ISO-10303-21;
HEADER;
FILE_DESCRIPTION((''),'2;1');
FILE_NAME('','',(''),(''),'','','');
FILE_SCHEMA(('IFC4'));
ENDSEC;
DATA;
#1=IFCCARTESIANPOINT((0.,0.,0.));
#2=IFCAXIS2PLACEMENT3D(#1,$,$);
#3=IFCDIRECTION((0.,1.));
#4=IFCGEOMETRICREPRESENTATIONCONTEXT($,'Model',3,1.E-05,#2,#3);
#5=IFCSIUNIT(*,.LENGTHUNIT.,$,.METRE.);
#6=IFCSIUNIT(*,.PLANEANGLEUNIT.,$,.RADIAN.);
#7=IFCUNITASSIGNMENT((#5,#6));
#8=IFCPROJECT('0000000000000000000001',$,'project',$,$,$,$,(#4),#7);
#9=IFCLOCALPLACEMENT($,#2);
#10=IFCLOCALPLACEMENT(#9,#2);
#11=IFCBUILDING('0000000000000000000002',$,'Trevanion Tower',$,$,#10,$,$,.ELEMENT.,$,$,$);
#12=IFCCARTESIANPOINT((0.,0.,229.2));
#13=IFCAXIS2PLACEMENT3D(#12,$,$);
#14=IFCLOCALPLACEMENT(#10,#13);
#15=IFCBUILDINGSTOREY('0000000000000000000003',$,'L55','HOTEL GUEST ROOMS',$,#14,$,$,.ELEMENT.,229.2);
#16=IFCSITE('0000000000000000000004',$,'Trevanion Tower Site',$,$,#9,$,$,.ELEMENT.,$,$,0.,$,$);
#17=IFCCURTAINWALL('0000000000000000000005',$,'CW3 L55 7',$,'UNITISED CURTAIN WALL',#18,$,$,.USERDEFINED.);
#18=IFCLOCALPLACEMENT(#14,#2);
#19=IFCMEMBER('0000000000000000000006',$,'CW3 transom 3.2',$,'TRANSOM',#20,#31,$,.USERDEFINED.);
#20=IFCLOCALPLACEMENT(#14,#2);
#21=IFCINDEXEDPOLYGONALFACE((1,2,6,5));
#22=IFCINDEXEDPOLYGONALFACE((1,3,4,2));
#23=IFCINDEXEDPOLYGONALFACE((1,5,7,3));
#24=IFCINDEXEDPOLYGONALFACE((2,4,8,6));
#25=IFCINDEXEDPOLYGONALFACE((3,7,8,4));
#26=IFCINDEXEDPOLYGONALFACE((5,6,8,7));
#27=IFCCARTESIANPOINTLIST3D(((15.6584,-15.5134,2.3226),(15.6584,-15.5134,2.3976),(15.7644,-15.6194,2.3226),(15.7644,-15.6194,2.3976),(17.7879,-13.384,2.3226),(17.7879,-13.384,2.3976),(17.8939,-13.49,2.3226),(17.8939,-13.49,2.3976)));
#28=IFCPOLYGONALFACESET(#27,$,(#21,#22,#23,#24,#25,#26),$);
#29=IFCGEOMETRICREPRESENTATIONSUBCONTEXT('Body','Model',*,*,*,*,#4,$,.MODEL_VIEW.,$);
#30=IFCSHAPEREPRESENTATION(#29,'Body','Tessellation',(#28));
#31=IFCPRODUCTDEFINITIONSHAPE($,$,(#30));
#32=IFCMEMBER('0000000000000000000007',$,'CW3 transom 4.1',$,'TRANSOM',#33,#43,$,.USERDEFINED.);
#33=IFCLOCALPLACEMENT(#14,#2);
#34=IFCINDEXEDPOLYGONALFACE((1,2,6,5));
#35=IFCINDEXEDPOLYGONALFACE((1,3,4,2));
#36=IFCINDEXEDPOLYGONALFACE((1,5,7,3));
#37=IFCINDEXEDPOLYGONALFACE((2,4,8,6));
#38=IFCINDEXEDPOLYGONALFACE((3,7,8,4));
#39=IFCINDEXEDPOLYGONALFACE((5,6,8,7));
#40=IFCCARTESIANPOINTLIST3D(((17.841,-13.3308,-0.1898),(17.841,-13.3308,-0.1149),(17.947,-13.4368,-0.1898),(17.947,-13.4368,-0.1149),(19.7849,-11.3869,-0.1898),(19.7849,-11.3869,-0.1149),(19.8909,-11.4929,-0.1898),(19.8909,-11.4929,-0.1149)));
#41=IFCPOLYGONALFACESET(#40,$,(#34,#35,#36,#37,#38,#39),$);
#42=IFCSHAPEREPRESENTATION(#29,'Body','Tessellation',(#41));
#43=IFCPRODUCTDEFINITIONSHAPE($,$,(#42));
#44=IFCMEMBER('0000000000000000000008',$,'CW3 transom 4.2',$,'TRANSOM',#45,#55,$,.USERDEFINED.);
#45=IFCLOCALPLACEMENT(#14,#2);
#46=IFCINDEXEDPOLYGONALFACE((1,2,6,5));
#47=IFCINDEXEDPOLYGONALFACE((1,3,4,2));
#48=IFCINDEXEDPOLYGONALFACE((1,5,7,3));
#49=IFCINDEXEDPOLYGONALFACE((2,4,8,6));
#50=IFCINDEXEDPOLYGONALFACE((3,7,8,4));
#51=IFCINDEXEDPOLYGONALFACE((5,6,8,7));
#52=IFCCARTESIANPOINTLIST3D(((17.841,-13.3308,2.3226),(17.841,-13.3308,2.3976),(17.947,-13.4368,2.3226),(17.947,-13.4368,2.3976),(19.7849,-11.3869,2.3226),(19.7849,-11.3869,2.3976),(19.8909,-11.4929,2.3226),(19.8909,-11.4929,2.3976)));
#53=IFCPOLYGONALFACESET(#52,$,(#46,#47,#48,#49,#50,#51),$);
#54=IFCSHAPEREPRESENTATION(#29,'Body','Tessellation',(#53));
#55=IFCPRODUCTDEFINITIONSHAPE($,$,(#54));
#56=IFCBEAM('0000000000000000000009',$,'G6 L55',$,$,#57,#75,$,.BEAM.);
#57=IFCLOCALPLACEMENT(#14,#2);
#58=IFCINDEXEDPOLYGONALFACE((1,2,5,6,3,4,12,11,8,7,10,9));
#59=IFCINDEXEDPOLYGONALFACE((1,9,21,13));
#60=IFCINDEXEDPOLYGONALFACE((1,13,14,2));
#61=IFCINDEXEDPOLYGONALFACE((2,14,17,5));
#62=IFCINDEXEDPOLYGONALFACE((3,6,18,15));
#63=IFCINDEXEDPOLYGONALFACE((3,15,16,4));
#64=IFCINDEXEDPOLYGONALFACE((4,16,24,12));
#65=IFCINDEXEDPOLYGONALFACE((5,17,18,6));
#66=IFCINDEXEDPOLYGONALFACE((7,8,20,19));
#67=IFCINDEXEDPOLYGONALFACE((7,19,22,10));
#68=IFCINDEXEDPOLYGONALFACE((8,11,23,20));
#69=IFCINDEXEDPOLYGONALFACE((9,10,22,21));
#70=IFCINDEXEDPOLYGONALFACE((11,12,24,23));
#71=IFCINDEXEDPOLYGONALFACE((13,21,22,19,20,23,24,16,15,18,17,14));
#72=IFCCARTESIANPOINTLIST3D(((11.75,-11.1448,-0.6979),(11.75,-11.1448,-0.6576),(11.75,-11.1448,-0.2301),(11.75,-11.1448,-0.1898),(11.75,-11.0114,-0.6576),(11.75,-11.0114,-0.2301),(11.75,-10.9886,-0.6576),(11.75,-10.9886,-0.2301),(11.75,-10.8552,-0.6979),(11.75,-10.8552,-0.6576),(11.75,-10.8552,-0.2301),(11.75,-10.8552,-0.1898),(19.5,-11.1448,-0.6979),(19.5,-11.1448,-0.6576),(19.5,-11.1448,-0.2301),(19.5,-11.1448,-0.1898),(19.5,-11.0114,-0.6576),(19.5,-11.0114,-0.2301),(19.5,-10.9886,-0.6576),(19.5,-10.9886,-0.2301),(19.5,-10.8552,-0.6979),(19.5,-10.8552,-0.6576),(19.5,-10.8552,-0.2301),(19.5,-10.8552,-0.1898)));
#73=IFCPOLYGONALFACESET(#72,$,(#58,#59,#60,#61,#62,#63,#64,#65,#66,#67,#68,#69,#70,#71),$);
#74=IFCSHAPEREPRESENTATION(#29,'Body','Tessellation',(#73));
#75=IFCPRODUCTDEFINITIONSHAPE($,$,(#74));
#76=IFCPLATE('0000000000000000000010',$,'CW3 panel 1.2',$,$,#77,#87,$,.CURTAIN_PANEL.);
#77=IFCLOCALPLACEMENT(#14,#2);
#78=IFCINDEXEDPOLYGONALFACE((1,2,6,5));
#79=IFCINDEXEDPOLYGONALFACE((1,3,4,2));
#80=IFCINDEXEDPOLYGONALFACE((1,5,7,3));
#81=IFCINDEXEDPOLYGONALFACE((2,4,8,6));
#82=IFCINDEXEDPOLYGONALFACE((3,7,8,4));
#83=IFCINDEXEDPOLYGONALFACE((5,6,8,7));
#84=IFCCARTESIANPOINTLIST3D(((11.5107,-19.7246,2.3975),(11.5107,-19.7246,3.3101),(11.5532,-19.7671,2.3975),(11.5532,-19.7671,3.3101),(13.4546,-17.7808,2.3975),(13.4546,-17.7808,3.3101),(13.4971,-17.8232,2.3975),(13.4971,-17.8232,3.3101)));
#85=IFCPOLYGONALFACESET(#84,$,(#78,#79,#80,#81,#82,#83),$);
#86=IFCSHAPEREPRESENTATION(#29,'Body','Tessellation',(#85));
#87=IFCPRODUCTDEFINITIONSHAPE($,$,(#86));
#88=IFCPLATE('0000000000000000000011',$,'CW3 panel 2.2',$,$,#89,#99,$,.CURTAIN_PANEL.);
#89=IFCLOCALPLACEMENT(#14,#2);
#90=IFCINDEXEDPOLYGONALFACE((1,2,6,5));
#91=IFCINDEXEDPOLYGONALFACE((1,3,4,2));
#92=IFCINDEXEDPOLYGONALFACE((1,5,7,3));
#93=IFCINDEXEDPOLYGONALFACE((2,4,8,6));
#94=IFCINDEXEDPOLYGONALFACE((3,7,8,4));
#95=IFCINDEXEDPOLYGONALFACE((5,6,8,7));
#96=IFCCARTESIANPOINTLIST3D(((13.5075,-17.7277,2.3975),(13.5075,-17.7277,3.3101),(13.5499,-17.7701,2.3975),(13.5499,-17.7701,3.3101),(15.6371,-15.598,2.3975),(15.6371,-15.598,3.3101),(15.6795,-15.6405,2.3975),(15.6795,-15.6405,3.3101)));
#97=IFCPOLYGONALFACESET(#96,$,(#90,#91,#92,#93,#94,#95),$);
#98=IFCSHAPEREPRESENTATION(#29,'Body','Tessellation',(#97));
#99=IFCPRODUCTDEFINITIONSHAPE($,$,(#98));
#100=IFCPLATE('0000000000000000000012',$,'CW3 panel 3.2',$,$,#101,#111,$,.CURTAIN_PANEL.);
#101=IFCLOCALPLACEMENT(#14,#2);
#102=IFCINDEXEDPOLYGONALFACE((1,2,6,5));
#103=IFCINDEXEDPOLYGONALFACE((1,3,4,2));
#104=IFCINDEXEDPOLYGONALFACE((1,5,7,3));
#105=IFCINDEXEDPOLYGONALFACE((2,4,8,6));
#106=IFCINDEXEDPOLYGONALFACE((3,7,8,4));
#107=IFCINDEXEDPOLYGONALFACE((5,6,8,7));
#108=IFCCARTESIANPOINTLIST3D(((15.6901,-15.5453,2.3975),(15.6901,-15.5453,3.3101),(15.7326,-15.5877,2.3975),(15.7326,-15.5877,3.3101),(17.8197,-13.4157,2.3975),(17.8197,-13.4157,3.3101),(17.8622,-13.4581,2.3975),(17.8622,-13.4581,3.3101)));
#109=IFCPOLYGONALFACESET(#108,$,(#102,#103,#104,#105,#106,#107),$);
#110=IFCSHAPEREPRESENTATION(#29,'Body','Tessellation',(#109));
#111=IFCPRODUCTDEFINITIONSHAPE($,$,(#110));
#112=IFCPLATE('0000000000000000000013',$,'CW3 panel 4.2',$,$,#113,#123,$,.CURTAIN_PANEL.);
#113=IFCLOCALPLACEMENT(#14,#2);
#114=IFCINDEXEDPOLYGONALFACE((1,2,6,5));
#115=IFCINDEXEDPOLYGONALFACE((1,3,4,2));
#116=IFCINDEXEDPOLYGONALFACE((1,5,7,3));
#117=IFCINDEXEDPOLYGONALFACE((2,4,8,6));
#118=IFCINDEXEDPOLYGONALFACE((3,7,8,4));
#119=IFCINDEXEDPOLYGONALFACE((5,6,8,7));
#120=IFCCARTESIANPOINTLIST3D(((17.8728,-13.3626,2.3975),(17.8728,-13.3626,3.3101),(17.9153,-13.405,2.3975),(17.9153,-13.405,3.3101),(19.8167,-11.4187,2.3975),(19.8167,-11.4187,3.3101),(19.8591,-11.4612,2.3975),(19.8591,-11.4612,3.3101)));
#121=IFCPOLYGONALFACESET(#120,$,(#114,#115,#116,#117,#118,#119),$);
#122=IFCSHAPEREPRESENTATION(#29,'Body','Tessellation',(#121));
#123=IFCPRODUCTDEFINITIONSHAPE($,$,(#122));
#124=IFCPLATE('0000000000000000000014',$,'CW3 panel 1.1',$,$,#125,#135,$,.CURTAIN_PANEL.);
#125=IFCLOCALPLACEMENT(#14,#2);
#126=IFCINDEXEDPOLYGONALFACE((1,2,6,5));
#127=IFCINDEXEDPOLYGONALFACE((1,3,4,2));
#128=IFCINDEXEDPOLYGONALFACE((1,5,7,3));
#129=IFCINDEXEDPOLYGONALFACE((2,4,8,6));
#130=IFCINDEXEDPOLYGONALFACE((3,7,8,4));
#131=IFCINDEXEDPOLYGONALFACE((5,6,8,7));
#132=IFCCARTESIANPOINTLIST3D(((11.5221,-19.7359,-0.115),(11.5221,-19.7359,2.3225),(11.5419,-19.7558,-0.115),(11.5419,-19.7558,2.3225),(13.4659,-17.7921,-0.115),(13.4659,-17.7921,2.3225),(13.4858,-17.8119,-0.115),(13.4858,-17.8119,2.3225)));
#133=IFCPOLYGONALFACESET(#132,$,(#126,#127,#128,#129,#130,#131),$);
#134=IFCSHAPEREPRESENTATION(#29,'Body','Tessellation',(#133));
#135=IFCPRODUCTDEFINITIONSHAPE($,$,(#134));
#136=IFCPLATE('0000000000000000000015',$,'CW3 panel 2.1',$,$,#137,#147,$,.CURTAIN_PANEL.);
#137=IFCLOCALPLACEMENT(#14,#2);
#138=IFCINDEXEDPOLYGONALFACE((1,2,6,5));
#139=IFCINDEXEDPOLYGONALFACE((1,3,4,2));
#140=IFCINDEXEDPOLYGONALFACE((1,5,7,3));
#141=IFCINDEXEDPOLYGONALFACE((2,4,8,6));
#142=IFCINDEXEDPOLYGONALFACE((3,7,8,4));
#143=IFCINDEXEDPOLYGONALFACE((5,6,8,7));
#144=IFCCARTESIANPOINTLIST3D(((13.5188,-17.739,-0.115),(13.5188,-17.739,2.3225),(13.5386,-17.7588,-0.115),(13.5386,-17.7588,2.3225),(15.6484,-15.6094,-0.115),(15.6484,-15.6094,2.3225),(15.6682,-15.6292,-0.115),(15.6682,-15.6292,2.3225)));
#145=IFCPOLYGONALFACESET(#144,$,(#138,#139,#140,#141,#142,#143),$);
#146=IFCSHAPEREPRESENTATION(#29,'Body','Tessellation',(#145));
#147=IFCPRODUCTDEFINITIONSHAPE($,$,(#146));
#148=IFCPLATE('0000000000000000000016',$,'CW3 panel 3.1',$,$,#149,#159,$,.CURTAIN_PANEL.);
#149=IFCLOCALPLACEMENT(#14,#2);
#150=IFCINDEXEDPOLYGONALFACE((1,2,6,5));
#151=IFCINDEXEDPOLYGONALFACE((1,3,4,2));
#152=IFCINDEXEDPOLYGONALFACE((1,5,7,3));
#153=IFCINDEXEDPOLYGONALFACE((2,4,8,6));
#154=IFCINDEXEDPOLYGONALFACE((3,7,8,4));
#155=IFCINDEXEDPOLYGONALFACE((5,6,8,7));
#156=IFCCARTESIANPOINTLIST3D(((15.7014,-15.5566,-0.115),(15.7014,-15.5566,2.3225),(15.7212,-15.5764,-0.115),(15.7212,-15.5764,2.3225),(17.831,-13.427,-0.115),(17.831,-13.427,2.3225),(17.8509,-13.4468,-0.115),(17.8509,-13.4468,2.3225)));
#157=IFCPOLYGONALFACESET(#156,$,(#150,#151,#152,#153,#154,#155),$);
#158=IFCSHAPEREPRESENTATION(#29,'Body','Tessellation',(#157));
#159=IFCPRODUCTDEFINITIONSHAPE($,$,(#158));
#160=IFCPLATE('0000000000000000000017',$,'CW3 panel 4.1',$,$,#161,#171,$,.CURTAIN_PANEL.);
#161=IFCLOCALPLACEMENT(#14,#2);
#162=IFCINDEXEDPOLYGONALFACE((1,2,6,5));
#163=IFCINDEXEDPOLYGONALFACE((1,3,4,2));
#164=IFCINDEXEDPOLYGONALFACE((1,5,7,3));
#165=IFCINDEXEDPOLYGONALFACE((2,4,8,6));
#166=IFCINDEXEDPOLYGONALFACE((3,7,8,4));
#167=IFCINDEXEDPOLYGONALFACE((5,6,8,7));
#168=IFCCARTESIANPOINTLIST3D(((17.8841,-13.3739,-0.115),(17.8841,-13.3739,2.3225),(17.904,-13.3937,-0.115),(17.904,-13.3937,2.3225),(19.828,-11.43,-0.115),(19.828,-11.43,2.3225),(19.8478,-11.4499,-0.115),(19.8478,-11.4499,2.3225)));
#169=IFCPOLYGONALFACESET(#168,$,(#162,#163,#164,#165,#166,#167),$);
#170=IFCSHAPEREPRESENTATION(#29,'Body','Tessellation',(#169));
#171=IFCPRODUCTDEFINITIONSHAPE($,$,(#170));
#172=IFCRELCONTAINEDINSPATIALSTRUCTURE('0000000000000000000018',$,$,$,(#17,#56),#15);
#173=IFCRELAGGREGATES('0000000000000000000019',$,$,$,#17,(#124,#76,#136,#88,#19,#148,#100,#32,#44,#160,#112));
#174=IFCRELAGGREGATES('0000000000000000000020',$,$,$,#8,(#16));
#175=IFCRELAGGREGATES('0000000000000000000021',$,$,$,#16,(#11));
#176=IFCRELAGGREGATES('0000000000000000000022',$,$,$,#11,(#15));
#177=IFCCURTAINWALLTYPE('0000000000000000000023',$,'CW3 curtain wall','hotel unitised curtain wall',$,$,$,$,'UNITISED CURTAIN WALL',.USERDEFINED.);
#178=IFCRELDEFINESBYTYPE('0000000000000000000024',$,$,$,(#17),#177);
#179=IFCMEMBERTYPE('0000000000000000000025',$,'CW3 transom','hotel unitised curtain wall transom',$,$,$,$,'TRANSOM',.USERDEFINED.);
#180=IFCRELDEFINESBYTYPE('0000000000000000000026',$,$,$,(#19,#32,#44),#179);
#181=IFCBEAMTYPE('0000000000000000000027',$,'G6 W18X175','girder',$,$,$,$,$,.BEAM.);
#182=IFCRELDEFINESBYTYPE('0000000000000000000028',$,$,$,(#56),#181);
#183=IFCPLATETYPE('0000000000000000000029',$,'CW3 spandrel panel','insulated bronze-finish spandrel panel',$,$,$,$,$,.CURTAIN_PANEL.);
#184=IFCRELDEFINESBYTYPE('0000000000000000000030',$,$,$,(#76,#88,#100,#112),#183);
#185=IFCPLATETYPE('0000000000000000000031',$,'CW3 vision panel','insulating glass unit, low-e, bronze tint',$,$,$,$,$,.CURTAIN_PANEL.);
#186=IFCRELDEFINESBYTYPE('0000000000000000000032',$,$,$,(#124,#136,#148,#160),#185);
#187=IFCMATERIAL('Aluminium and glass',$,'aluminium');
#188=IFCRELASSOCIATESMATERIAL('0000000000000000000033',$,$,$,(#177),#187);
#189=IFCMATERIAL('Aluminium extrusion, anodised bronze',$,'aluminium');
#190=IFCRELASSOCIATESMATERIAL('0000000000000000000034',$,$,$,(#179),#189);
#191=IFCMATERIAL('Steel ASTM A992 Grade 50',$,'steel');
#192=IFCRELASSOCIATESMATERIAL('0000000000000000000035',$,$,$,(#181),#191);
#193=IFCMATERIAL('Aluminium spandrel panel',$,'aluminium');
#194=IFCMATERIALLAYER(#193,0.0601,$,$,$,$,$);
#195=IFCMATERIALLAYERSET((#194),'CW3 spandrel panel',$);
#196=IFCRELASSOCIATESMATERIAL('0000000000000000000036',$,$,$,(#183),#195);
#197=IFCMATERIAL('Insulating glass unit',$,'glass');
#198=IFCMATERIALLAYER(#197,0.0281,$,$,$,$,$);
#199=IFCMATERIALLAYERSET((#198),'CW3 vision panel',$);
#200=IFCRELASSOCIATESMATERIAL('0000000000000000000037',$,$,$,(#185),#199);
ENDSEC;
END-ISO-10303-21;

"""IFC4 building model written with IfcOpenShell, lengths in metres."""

from ifc_helpers import new_model, si_unit, direction, frame, origin, origin_2d, place, context, subcontext, project, spatial, rectangle, i_section, extrude, material, layer, layer_set, material_profile, profile_set, type_object, element, aggregate, save


model = new_model("IFC4")

# Units and contexts
model_context = context("Model", 3, precision=1e-05, world=origin(), true_north=direction((0.0, 1.0)))
body_context = subcontext(model_context, "Body", "Model", "MODEL_VIEW")
ifc_project = project(units=[si_unit("LENGTHUNIT", "METRE"), si_unit("PLANEANGLEUNIT", "RADIAN")], contexts=[model_context])

# Site, building, storey
site_placement = place(None, origin())
site = spatial("IfcSite", under=ifc_project, at=site_placement, Name="Trevanion Tower Site", CompositionType="ELEMENT", RefElevation=0.0)
building_placement = place(site_placement, origin())
building = spatial("IfcBuilding", under=site, at=building_placement, Name="Trevanion Tower", CompositionType="ELEMENT")
storey_placement = place(building_placement, frame((0.0, 0.0, 229.2)))
storey = spatial("IfcBuildingStorey", under=building, at=storey_placement, Name="L55", Description="HOTEL GUEST ROOMS", CompositionType="ELEMENT", Elevation=229.2)

# Curtain wall
ifc_material_1 = material(Name="Aluminium and glass", Category="aluminium")
curtain_wall_type = type_object("IfcCurtainWallType", Name="CW3 curtain wall", Description="hotel unitised curtain wall", ElementType="UNITISED CURTAIN WALL", PredefinedType="USERDEFINED", material=ifc_material_1)
curtain_wall_1_placement = place(storey_placement, origin())
curtain_wall_1 = element("IfcCurtainWall", 1, at=curtain_wall_1_placement, inside=storey, type_object=curtain_wall_type, Name="CW3 L55 7", ObjectType="UNITISED CURTAIN WALL", PredefinedType="USERDEFINED")

# Members
ifc_material_2 = material(Name="Aluminium extrusion, anodised bronze", Category="aluminium")
ifc_material_profile_1 = material_profile(ifc_material_2, rectangle(XDim=0.1499, YDim=0.075, at=origin_2d()), Name="CW3 transom")
ifc_profile_set_1 = profile_set([ifc_material_profile_1], Name="Aluminium extrusion, anodised bronze")
member_type_1 = type_object("IfcMemberType", Name="CW3 transom", Description="hotel unitised curtain wall transom", ElementType="TRANSOM", PredefinedType="USERDEFINED", material=ifc_profile_set_1)
member_1_placement = place(storey_placement, frame((15.7114, -15.5664, 2.3601), z_axis=(0.707107, 0.707107, 0.0), x_axis=(-0.707107, 0.707107, 0.0)))
member_1 = element("IfcMember", 2, at=member_1_placement, type_object=member_type_1, Name="CW3 transom 3.2", ObjectType="TRANSOM", PredefinedType="USERDEFINED", context=body_context, shape_type="SweptSolid", body=[
    extrude(rectangle(XDim=0.1499, YDim=0.075, at=origin_2d()), origin(), (0.0, 0.0, 1.0), 3.0115),
])
member_2_placement = place(storey_placement, frame((17.894, -13.3838, -0.1523), z_axis=(0.707107, 0.707107, 0.0), x_axis=(-0.707107, 0.707107, 0.0)))
member_2 = element("IfcMember", 3, at=member_2_placement, type_object=member_type_1, Name="CW3 transom 4.1", ObjectType="TRANSOM", PredefinedType="USERDEFINED", context=body_context, shape_type="SweptSolid", body=[
    extrude(rectangle(XDim=0.1499, YDim=0.075, at=origin_2d()), origin(), (0.0, 0.0, 1.0), 2.749),
])
member_3_placement = place(storey_placement, frame((17.894, -13.3838, 2.3601), z_axis=(0.707107, 0.707107, 0.0), x_axis=(-0.707107, 0.707107, 0.0)))
member_3 = element("IfcMember", 4, at=member_3_placement, type_object=member_type_1, Name="CW3 transom 4.2", ObjectType="TRANSOM", PredefinedType="USERDEFINED", context=body_context, shape_type="SweptSolid", body=[
    extrude(rectangle(XDim=0.1499, YDim=0.075, at=origin_2d()), origin(), (0.0, 0.0, 1.0), 2.749),
])

# Beam
ifc_material_3 = material(Name="Steel ASTM A992 Grade 50", Category="steel")
ifc_material_profile_2 = material_profile(ifc_material_3, i_section(OverallWidth=0.2896, OverallDepth=0.5081, WebThickness=0.0227, FlangeThickness=0.0403, at=origin_2d()), Name="W18X175")
ifc_profile_set_2 = profile_set([ifc_material_profile_2], Name="Steel ASTM A992 Grade 50")
beam_type_1 = type_object("IfcBeamType", Name="G6 W18X175", Description="girder", PredefinedType="BEAM", material=ifc_profile_set_2)
beam_1_placement = place(storey_placement, frame((11.75, -11.0, -0.4438), z_axis=(1.0, 0.0, 0.0), x_axis=(0.0, 1.0, 0.0)))
element("IfcBeam", 5, at=beam_1_placement, inside=storey, type_object=beam_type_1, Name="G6 L55", PredefinedType="BEAM", context=body_context, shape_type="SweptSolid", body=[
    extrude(i_section(OverallWidth=0.2896, OverallDepth=0.5081, WebThickness=0.0227, FlangeThickness=0.0403, at=origin_2d()), origin(), (0.0, 0.0, 1.0), 7.75),
])

# Plates
ifc_material_4 = material(Name="Aluminium spandrel panel", Category="aluminium")
ifc_layer_1 = layer(ifc_material_4, 0.0601)
ifc_layer_set_1 = layer_set([ifc_layer_1], Name="CW3 spandrel panel")
plate_type_1 = type_object("IfcPlateType", Name="CW3 spandrel panel", Description="insulated bronze-finish spandrel panel", PredefinedType="CURTAIN_PANEL", material=ifc_layer_set_1)
plate_1_placement = place(storey_placement, frame((12.5039, -18.7739, 2.3975), z_axis=(0.0, 0.0, 1.0), x_axis=(0.707107, 0.707107, 0.0)))
plate_1 = element("IfcPlate", 6, at=plate_1_placement, type_object=plate_type_1, Name="CW3 panel 1.2", PredefinedType="CURTAIN_PANEL", context=body_context, shape_type="SweptSolid", body=[
    extrude(rectangle(XDim=2.749, YDim=0.0601, at=origin_2d()), origin(), (0.0, 0.0, 1.0), 0.9126),
])
plate_2_placement = place(storey_placement, frame((14.5935, -16.6841, 2.3975), z_axis=(0.0, 0.0, 1.0), x_axis=(0.707107, 0.707107, 0.0)))
plate_2 = element("IfcPlate", 7, at=plate_2_placement, type_object=plate_type_1, Name="CW3 panel 2.2", PredefinedType="CURTAIN_PANEL", context=body_context, shape_type="SweptSolid", body=[
    extrude(rectangle(XDim=3.0117, YDim=0.0601, at=origin_2d()), origin(), (0.0, 0.0, 1.0), 0.9126),
])
plate_3_placement = place(storey_placement, frame((16.7761, -14.5017, 2.3975), z_axis=(0.0, 0.0, 1.0), x_axis=(0.707107, 0.707107, 0.0)))
plate_3 = element("IfcPlate", 8, at=plate_3_placement, type_object=plate_type_1, Name="CW3 panel 3.2", PredefinedType="CURTAIN_PANEL", context=body_context, shape_type="SweptSolid", body=[
    extrude(rectangle(XDim=3.0117, YDim=0.0601, at=origin_2d()), origin(), (0.0, 0.0, 1.0), 0.9126),
])
plate_4_placement = place(storey_placement, frame((18.866, -12.4119, 2.3975), z_axis=(0.0, 0.0, 1.0), x_axis=(0.707107, 0.707107, 0.0)))
plate_4 = element("IfcPlate", 9, at=plate_4_placement, type_object=plate_type_1, Name="CW3 panel 4.2", PredefinedType="CURTAIN_PANEL", context=body_context, shape_type="SweptSolid", body=[
    extrude(rectangle(XDim=2.749, YDim=0.0601, at=origin_2d()), origin(), (0.0, 0.0, 1.0), 0.9126),
])
ifc_material_5 = material(Name="Insulating glass unit", Category="glass")
ifc_layer_2 = layer(ifc_material_5, 0.0281)
ifc_layer_set_2 = layer_set([ifc_layer_2], Name="CW3 vision panel")
plate_type_2 = type_object("IfcPlateType", Name="CW3 vision panel", Description="insulating glass unit, low-e, bronze tint", PredefinedType="CURTAIN_PANEL", material=ifc_layer_set_2)
plate_5_placement = place(storey_placement, frame((12.5039, -18.7739, -0.115), z_axis=(0.0, 0.0, 1.0), x_axis=(0.707107, 0.707107, 0.0)))
plate_5 = element("IfcPlate", 10, at=plate_5_placement, type_object=plate_type_2, Name="CW3 panel 1.1", PredefinedType="CURTAIN_PANEL", context=body_context, shape_type="SweptSolid", body=[
    extrude(rectangle(XDim=2.749, YDim=0.0281, at=origin_2d()), origin(), (0.0, 0.0, 1.0), 2.4375),
])
plate_6_placement = place(storey_placement, frame((14.5935, -16.6841, -0.115), z_axis=(0.0, 0.0, 1.0), x_axis=(0.707107, 0.707107, 0.0)))
plate_6 = element("IfcPlate", 11, at=plate_6_placement, type_object=plate_type_2, Name="CW3 panel 2.1", PredefinedType="CURTAIN_PANEL", context=body_context, shape_type="SweptSolid", body=[
    extrude(rectangle(XDim=3.0117, YDim=0.0281, at=origin_2d()), origin(), (0.0, 0.0, 1.0), 2.4375),
])
plate_7_placement = place(storey_placement, frame((16.7761, -14.5017, -0.115), z_axis=(0.0, 0.0, 1.0), x_axis=(0.707107, 0.707107, 0.0)))
plate_7 = element("IfcPlate", 12, at=plate_7_placement, type_object=plate_type_2, Name="CW3 panel 3.1", PredefinedType="CURTAIN_PANEL", context=body_context, shape_type="SweptSolid", body=[
    extrude(rectangle(XDim=3.0117, YDim=0.0281, at=origin_2d()), origin(), (0.0, 0.0, 1.0), 2.4375),
])
plate_8_placement = place(storey_placement, frame((18.866, -12.4119, -0.115), z_axis=(0.0, 0.0, 1.0), x_axis=(0.707107, 0.707107, 0.0)))
plate_8 = element("IfcPlate", 13, at=plate_8_placement, type_object=plate_type_2, Name="CW3 panel 4.1", PredefinedType="CURTAIN_PANEL", context=body_context, shape_type="SweptSolid", body=[
    extrude(rectangle(XDim=2.749, YDim=0.0281, at=origin_2d()), origin(), (0.0, 0.0, 1.0), 2.4375),
])
aggregate(curtain_wall_1, [plate_5, plate_1, plate_6, plate_2, member_1, plate_7, plate_3, member_2, member_3, plate_8, plate_4])

save(model, "model.ifc")
